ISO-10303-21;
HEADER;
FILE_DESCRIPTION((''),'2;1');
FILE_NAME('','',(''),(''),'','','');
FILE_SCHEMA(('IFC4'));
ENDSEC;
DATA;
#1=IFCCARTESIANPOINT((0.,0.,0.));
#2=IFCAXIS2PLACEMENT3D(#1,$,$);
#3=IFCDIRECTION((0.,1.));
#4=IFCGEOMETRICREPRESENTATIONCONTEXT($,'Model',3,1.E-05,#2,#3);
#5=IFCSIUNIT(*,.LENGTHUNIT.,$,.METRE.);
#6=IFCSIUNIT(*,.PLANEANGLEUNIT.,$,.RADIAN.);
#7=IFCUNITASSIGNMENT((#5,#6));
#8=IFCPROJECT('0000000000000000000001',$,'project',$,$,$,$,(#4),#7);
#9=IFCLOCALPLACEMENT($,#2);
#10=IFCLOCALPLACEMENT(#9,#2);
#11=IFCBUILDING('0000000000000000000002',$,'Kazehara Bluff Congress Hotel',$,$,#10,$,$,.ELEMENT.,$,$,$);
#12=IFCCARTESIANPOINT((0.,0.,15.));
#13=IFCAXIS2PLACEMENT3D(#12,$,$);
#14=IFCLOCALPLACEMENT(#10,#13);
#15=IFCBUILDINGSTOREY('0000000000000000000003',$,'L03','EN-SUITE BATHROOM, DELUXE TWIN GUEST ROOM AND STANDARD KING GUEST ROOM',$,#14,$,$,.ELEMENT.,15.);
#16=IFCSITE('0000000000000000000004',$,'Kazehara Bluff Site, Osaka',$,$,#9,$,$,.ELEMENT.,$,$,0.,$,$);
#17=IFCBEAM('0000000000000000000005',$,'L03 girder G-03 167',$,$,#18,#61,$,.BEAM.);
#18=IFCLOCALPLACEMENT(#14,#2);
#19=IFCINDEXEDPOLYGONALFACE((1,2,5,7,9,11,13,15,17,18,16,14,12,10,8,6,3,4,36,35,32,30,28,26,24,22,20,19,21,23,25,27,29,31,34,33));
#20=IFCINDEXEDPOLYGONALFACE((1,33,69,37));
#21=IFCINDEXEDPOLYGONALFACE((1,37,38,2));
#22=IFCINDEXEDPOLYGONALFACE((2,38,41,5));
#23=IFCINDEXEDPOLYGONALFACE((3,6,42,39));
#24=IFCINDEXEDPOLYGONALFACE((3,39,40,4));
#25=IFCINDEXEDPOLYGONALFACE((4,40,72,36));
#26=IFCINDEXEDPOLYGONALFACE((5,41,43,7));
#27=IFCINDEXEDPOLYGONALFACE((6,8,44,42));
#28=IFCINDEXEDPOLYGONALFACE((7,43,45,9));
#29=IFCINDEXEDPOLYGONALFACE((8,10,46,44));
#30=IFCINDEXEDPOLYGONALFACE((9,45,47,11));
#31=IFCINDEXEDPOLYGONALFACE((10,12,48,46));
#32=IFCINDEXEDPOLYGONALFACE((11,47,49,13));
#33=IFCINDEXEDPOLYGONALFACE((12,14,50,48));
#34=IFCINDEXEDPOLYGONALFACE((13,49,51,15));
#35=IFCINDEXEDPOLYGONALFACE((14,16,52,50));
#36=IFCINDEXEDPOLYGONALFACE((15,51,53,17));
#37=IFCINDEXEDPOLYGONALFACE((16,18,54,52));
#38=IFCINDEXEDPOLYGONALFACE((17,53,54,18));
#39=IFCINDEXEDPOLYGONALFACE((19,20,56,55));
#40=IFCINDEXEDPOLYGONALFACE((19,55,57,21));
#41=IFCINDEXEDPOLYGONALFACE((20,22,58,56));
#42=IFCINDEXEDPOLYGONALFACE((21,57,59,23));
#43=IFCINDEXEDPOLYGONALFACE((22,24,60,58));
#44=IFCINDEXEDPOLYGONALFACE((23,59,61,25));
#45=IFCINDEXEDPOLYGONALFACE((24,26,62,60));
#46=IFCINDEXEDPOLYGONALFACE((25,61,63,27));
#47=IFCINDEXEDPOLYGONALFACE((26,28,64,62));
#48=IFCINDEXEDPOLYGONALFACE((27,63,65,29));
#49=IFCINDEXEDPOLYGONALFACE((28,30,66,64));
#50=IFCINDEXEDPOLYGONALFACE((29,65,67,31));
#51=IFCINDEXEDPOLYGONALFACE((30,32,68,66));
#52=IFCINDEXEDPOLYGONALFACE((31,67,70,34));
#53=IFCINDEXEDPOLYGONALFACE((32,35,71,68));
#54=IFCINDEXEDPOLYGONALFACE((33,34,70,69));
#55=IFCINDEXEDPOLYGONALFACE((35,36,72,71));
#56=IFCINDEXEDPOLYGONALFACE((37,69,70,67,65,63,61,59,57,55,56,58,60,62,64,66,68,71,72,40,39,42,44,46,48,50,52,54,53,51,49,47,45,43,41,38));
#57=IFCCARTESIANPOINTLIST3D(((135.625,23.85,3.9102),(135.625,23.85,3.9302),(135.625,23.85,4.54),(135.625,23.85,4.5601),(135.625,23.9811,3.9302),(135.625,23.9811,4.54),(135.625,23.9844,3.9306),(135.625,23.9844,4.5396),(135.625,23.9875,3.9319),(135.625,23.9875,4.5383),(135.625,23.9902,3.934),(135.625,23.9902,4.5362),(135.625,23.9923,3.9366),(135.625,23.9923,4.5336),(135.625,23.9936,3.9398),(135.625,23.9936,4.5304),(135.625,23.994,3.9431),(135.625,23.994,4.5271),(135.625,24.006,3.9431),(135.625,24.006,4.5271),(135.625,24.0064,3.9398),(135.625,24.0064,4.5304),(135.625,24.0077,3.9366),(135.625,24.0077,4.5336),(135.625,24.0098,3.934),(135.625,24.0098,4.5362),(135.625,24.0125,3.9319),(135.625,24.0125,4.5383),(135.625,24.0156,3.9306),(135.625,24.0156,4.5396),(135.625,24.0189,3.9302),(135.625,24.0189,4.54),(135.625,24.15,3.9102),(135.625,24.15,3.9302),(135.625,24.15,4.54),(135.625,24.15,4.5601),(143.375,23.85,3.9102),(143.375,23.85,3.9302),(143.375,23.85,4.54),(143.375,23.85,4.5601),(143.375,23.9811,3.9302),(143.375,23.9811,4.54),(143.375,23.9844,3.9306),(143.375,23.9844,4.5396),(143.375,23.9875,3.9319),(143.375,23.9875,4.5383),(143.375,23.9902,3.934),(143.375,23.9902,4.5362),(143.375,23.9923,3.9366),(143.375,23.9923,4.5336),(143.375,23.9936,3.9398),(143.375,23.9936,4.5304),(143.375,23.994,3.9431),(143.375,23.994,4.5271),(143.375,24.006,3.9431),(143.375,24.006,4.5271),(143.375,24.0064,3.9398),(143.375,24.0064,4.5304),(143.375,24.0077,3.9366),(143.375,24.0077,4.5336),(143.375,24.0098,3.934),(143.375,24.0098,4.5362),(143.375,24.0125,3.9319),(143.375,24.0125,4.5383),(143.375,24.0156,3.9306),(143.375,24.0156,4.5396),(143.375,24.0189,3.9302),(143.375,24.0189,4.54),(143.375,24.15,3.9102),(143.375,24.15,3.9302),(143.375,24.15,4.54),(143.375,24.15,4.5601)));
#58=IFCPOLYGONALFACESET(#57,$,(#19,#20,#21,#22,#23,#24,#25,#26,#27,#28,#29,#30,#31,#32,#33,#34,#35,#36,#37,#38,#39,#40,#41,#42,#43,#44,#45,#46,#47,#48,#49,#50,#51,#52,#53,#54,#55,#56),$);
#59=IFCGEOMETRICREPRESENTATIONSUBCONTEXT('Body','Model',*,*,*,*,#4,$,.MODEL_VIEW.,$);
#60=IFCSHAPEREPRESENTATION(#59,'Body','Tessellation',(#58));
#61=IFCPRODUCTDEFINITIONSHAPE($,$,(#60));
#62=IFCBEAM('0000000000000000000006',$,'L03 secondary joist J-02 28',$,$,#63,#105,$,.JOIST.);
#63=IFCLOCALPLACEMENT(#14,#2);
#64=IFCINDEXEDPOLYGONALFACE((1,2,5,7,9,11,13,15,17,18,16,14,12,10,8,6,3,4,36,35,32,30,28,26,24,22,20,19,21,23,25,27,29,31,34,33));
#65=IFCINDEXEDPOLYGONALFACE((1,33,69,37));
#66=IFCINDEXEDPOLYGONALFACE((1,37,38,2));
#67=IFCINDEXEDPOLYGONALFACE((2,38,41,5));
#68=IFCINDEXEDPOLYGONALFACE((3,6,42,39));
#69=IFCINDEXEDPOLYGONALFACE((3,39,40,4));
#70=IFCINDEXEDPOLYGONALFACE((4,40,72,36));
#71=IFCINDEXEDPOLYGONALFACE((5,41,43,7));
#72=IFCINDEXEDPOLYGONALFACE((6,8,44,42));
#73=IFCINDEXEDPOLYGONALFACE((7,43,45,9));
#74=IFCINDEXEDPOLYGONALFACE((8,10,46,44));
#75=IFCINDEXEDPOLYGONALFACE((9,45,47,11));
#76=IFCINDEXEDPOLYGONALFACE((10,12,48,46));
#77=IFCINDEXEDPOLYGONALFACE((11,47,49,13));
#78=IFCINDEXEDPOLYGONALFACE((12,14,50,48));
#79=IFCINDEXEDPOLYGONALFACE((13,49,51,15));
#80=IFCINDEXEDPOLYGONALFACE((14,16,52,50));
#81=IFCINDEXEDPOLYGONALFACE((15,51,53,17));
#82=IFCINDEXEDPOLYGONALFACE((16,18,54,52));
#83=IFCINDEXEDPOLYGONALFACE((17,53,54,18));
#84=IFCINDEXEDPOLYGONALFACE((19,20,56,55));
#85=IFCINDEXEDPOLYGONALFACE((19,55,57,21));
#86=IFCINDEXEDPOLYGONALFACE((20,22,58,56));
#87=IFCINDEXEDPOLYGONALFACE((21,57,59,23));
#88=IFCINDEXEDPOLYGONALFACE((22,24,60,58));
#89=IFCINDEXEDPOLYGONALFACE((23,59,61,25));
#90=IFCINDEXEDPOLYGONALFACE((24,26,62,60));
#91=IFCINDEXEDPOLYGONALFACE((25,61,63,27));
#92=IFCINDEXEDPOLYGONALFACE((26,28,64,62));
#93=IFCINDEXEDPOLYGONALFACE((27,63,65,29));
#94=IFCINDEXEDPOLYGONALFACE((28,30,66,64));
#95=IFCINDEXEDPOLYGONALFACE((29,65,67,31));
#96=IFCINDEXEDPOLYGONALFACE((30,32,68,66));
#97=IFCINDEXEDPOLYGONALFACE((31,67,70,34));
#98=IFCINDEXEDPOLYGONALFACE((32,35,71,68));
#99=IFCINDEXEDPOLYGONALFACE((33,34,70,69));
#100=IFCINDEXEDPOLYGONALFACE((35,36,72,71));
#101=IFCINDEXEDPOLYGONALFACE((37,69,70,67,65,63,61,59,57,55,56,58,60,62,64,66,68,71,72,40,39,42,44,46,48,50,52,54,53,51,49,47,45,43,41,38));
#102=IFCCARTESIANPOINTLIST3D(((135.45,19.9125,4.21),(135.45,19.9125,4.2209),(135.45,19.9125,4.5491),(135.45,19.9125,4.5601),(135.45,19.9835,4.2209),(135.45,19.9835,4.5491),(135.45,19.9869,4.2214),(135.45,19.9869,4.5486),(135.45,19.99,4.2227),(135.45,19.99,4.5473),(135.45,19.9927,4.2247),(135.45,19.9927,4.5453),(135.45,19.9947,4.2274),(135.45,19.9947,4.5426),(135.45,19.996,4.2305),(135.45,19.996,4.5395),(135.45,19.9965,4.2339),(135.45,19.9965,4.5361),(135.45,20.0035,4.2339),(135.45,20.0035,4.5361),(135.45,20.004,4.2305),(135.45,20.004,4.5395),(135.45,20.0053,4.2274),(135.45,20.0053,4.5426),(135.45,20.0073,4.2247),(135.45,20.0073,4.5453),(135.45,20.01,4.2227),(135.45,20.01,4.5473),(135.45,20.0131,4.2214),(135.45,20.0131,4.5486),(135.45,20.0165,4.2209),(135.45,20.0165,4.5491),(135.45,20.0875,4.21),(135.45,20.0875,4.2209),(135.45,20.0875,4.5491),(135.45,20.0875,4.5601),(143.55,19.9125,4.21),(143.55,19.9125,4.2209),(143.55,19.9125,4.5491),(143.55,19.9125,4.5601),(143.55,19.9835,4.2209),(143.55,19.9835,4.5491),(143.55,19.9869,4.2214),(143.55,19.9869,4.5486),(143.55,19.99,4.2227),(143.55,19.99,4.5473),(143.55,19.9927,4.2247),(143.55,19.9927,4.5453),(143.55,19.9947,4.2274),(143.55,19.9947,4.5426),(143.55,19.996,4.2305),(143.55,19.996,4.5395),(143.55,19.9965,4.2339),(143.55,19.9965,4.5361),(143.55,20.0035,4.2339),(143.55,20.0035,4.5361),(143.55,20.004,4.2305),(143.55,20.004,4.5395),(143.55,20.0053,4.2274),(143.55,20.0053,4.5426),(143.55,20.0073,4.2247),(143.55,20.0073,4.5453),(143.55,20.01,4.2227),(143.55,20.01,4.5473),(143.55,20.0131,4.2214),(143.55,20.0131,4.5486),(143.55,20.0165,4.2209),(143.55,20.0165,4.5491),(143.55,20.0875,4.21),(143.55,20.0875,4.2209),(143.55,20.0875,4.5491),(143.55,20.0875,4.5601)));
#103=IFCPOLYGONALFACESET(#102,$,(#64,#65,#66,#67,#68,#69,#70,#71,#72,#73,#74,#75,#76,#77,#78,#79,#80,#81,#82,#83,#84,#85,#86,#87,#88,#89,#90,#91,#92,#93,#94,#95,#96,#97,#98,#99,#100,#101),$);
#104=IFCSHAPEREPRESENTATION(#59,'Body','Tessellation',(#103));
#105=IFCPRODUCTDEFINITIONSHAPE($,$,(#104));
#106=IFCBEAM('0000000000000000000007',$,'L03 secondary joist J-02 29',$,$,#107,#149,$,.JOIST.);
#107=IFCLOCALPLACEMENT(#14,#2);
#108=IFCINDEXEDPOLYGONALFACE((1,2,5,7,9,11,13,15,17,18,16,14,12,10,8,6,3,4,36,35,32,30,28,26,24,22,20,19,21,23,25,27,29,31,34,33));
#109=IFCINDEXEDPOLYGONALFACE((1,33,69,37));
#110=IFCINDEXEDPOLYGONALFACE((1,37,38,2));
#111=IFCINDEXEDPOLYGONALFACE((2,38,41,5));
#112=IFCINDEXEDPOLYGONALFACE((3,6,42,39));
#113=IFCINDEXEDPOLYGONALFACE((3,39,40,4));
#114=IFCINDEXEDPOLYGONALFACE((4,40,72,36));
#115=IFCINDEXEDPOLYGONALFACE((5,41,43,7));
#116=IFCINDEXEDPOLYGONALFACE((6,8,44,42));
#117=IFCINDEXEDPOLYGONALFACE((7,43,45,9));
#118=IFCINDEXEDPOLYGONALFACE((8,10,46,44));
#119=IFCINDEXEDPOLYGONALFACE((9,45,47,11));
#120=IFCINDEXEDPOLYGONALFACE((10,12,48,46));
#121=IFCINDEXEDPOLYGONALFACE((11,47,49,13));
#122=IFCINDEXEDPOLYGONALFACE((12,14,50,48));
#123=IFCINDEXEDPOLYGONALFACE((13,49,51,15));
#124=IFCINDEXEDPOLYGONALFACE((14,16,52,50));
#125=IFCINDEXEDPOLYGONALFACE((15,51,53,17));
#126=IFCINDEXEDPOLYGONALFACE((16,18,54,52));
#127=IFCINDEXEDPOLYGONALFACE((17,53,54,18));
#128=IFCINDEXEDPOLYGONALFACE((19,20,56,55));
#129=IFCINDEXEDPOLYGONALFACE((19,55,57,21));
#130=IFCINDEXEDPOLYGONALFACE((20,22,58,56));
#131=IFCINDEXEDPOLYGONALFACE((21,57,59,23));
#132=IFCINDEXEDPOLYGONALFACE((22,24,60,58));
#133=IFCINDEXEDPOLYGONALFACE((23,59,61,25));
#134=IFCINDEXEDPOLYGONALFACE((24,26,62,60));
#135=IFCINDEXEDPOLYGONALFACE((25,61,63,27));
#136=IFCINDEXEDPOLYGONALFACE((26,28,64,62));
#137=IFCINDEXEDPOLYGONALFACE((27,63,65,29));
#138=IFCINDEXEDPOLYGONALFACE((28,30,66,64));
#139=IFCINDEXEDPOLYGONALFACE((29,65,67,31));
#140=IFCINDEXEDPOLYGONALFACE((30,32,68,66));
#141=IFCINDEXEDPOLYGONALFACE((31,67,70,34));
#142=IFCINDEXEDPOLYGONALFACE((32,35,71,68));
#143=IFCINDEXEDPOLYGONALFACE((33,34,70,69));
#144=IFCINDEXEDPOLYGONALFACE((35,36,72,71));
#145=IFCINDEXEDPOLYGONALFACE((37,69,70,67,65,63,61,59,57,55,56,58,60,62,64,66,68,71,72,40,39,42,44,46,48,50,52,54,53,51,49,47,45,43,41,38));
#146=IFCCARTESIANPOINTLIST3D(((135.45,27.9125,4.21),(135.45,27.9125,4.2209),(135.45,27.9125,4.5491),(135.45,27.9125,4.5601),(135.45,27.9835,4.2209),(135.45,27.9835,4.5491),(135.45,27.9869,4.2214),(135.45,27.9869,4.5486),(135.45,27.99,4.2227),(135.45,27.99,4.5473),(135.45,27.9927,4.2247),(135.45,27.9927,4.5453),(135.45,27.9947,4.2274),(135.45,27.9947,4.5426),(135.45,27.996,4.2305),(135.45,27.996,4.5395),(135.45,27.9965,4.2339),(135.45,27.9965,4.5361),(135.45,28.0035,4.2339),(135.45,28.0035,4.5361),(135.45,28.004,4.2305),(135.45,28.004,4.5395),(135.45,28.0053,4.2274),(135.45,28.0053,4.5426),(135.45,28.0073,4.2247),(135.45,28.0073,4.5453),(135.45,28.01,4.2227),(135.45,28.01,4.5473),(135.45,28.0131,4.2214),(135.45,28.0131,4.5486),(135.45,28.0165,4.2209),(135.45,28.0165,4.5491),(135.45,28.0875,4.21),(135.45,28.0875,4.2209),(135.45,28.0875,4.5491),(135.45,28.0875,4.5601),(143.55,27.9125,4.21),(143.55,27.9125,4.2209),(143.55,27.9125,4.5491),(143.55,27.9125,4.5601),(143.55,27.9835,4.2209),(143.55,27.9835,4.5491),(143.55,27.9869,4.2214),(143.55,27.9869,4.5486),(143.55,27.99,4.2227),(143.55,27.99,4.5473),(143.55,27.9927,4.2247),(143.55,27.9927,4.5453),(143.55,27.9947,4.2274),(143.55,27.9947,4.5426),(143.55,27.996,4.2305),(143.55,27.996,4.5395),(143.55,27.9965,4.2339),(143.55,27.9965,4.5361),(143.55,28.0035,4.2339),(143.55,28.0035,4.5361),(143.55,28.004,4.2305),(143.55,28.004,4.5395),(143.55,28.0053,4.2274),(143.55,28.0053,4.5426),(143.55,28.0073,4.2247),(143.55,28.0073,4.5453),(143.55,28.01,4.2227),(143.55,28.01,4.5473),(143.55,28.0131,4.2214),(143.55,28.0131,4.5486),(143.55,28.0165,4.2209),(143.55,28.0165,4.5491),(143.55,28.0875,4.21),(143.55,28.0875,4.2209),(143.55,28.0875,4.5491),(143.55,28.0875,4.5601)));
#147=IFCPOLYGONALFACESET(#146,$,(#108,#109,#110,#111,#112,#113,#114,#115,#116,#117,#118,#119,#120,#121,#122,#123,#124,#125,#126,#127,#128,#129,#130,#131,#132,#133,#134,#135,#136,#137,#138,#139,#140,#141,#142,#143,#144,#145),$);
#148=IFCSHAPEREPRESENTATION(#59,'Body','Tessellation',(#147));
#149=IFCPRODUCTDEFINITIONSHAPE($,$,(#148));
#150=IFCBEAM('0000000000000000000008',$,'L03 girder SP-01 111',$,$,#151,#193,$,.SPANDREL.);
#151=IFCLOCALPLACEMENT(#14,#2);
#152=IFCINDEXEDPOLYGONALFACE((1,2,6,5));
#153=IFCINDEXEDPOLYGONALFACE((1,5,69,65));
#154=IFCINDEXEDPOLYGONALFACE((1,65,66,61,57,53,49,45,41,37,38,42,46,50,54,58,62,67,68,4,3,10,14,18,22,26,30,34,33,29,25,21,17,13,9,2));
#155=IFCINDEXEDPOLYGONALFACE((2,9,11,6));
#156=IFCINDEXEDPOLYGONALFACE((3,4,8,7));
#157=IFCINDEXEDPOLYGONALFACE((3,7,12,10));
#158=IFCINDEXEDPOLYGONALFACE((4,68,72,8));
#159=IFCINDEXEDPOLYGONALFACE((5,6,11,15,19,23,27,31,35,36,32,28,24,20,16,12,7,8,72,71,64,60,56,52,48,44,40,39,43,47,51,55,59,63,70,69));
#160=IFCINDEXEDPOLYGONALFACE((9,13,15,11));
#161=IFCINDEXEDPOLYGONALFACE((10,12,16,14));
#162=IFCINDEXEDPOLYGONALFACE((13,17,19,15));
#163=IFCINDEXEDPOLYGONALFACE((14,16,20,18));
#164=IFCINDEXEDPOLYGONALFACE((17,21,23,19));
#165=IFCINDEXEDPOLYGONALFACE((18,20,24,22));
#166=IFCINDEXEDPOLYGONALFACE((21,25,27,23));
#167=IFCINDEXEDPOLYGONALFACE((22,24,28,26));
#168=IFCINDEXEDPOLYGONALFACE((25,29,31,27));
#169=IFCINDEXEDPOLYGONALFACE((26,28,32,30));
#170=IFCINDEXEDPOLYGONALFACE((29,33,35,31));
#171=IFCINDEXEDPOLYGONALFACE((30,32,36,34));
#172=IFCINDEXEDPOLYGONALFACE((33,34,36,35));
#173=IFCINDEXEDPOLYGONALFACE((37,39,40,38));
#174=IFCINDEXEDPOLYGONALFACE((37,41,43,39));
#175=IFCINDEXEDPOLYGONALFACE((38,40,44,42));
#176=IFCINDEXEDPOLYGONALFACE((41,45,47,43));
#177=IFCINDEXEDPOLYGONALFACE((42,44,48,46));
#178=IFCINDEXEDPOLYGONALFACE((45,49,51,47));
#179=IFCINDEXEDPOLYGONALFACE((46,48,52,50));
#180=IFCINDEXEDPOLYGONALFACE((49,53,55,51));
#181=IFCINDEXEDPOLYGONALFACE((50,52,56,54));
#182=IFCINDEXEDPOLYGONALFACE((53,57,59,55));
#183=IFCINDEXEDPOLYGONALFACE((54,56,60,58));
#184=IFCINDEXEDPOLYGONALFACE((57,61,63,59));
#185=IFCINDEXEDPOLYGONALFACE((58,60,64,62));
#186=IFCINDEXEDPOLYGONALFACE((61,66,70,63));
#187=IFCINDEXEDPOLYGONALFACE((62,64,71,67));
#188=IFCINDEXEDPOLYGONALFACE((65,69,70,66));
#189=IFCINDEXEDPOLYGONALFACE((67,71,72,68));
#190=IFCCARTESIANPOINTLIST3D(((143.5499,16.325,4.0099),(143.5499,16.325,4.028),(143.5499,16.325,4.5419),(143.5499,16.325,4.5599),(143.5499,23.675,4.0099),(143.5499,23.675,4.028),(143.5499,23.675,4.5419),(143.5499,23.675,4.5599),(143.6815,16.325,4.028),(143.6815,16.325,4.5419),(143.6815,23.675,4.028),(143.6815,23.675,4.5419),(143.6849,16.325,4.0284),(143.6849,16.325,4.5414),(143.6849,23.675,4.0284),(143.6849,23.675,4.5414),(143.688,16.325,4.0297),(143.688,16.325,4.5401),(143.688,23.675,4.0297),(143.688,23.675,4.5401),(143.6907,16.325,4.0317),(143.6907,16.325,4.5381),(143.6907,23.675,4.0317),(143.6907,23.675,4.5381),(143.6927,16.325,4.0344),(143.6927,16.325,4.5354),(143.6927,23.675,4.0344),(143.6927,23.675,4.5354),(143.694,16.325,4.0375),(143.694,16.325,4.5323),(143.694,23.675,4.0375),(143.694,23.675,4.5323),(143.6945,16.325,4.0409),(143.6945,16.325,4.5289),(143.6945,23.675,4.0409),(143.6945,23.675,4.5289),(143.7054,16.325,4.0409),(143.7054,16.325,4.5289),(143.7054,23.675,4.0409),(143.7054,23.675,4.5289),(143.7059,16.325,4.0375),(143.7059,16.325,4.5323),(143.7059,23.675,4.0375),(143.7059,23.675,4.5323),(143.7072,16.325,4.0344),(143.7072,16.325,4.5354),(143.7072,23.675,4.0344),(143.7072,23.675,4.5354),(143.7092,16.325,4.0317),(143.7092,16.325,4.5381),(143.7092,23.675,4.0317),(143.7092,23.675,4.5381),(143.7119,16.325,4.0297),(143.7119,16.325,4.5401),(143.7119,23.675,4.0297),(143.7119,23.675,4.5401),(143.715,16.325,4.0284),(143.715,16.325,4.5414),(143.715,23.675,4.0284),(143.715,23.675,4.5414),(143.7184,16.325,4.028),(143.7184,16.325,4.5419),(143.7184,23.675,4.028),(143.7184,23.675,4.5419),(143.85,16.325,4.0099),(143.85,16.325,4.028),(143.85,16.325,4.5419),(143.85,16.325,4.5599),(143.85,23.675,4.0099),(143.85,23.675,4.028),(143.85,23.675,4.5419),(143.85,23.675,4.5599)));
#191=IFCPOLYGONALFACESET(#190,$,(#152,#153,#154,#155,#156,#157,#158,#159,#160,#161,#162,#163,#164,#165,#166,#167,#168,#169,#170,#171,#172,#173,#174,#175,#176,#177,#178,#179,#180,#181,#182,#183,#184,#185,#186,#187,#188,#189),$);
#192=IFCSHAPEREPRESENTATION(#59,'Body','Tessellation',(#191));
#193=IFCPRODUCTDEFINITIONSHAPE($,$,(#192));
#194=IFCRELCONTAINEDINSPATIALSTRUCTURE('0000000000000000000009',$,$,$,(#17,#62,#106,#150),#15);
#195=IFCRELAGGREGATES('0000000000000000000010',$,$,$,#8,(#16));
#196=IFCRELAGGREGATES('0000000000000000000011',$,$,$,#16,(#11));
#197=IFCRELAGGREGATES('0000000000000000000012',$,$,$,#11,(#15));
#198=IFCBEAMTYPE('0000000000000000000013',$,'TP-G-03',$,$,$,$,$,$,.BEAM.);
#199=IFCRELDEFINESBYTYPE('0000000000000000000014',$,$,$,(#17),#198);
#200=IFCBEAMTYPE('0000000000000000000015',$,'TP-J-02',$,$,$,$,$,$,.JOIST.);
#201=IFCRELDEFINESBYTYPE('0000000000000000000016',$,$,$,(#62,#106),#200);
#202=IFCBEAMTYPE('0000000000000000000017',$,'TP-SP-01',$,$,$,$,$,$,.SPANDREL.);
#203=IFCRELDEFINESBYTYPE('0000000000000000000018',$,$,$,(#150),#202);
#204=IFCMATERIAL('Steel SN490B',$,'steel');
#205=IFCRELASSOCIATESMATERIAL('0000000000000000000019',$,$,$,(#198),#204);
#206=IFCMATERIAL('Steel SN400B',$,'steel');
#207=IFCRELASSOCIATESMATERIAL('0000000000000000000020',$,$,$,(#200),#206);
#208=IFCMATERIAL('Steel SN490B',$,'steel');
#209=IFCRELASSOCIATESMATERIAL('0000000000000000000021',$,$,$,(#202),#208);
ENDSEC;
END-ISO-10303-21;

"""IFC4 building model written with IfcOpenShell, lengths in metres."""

from ifc_helpers import new_model, si_unit, direction, frame, origin, origin_2d, place, context, subcontext, project, spatial, i_section, extrude, material, material_profile, profile_set, type_object, element, save


model = new_model("IFC4")

# Units and contexts
model_context = context("Model", 3, precision=1e-05, world=origin(), true_north=direction((0.0, 1.0)))
body_context = subcontext(model_context, "Body", "Model", "MODEL_VIEW")
ifc_project = project(units=[si_unit("LENGTHUNIT", "METRE"), si_unit("PLANEANGLEUNIT", "RADIAN")], contexts=[model_context])

# Site, building, storey
site_placement = place(None, origin())
site = spatial("IfcSite", under=ifc_project, at=site_placement, Name="Kazehara Bluff Site, Osaka", CompositionType="ELEMENT", RefElevation=0.0)
building_placement = place(site_placement, origin())
building = spatial("IfcBuilding", under=site, at=building_placement, Name="Kazehara Bluff Congress Hotel", CompositionType="ELEMENT")
storey_placement = place(building_placement, frame((0.0, 0.0, 15.0)))
storey = spatial("IfcBuildingStorey", under=building, at=storey_placement, Name="L03", Description="EN-SUITE BATHROOM, DELUXE TWIN GUEST ROOM AND STANDARD KING GUEST ROOM", CompositionType="ELEMENT", Elevation=15.0)

# Beams
ifc_material_1 = material(Name="Steel SN490B", Category="steel")
ifc_material_profile_1 = material_profile(ifc_material_1, i_section(OverallWidth=0.3, OverallDepth=0.6499, WebThickness=0.012, FlangeThickness=0.02, FilletRadius=0.0129, at=origin_2d()))
ifc_profile_set_1 = profile_set([ifc_material_profile_1], Name="Steel SN490B")
beam_type_1 = type_object("IfcBeamType", Name="TP-G-03", PredefinedType="BEAM", material=ifc_profile_set_1)
beam_placement = place(storey_placement, frame((135.625, 24.0, 4.2351), z_axis=(1.0, 0.0, 0.0), x_axis=(0.0, 1.0, 0.0)))
element("IfcBeam", 1, at=beam_placement, inside=storey, type_object=beam_type_1, Name="L03 girder G-03 167", PredefinedType="BEAM", context=body_context, shape_type="SweptSolid", body=[
    extrude(i_section(OverallWidth=0.3, OverallDepth=0.6499, WebThickness=0.012, FlangeThickness=0.02, FilletRadius=0.0129, at=origin_2d()), origin(), (0.0, 0.0, 1.0), 7.75),
])
ifc_material_2 = material(Name="Steel SN400B", Category="steel")
ifc_material_profile_2 = material_profile(ifc_material_2, i_section(OverallWidth=0.175, OverallDepth=0.3501, WebThickness=0.0071, FlangeThickness=0.011, FilletRadius=0.0129, at=origin_2d()))
ifc_profile_set_2 = profile_set([ifc_material_profile_2], Name="Steel SN400B")
beam_type_2 = type_object("IfcBeamType", Name="TP-J-02", PredefinedType="JOIST", material=ifc_profile_set_2)
for number, where, z_axis, x_axis, name in (
    (2, (135.45, 20.0, 4.385), (1.0, 0.0, 0.0), (0.0, 1.0, 0.0), "L03 secondary joist J-02 28"),
    (3, (135.45, 28.0, 4.385), (1.0, 0.0, 0.0), (0.0, 1.0, 0.0), "L03 secondary joist J-02 29"),
):
    element("IfcBeam", number, at=place(storey_placement, frame(where, z_axis=z_axis, x_axis=x_axis)), inside=storey, type_object=beam_type_2, Name=name, PredefinedType="JOIST", context=body_context, shape_type="SweptSolid", body=[
        extrude(i_section(OverallWidth=0.175, OverallDepth=0.3501, WebThickness=0.0071, FlangeThickness=0.011, FilletRadius=0.0129, at=origin_2d()), origin(), (0.0, 0.0, 1.0), 8.1001),
    ])
ifc_material_3 = material(Name="Steel SN490B", Category="steel")
ifc_material_profile_3 = material_profile(ifc_material_3, i_section(OverallWidth=0.3, OverallDepth=0.55, WebThickness=0.011, FlangeThickness=0.0181, FilletRadius=0.0129, at=origin_2d()))
ifc_profile_set_3 = profile_set([ifc_material_profile_3], Name="Steel SN490B")
beam_type_3 = type_object("IfcBeamType", Name="TP-SP-01", PredefinedType="SPANDREL", material=ifc_profile_set_3)
for number, where, z_axis, x_axis, name in (
    (4, (143.7, 16.325, 4.2849), (0.0, 1.0, 0.0), (-1.0, 0.0, 0.0), "L03 girder SP-01 111"),
):
    element("IfcBeam", number, at=place(storey_placement, frame(where, z_axis=z_axis, x_axis=x_axis)), inside=storey, type_object=beam_type_3, Name=name, PredefinedType="SPANDREL", context=body_context, shape_type="SweptSolid", body=[
        extrude(i_section(OverallWidth=0.3, OverallDepth=0.55, WebThickness=0.011, FlangeThickness=0.0181, FilletRadius=0.0129, at=origin_2d()), origin(), (0.0, 0.0, 1.0), 7.3501),
    ])

save(model, "model.ifc")
